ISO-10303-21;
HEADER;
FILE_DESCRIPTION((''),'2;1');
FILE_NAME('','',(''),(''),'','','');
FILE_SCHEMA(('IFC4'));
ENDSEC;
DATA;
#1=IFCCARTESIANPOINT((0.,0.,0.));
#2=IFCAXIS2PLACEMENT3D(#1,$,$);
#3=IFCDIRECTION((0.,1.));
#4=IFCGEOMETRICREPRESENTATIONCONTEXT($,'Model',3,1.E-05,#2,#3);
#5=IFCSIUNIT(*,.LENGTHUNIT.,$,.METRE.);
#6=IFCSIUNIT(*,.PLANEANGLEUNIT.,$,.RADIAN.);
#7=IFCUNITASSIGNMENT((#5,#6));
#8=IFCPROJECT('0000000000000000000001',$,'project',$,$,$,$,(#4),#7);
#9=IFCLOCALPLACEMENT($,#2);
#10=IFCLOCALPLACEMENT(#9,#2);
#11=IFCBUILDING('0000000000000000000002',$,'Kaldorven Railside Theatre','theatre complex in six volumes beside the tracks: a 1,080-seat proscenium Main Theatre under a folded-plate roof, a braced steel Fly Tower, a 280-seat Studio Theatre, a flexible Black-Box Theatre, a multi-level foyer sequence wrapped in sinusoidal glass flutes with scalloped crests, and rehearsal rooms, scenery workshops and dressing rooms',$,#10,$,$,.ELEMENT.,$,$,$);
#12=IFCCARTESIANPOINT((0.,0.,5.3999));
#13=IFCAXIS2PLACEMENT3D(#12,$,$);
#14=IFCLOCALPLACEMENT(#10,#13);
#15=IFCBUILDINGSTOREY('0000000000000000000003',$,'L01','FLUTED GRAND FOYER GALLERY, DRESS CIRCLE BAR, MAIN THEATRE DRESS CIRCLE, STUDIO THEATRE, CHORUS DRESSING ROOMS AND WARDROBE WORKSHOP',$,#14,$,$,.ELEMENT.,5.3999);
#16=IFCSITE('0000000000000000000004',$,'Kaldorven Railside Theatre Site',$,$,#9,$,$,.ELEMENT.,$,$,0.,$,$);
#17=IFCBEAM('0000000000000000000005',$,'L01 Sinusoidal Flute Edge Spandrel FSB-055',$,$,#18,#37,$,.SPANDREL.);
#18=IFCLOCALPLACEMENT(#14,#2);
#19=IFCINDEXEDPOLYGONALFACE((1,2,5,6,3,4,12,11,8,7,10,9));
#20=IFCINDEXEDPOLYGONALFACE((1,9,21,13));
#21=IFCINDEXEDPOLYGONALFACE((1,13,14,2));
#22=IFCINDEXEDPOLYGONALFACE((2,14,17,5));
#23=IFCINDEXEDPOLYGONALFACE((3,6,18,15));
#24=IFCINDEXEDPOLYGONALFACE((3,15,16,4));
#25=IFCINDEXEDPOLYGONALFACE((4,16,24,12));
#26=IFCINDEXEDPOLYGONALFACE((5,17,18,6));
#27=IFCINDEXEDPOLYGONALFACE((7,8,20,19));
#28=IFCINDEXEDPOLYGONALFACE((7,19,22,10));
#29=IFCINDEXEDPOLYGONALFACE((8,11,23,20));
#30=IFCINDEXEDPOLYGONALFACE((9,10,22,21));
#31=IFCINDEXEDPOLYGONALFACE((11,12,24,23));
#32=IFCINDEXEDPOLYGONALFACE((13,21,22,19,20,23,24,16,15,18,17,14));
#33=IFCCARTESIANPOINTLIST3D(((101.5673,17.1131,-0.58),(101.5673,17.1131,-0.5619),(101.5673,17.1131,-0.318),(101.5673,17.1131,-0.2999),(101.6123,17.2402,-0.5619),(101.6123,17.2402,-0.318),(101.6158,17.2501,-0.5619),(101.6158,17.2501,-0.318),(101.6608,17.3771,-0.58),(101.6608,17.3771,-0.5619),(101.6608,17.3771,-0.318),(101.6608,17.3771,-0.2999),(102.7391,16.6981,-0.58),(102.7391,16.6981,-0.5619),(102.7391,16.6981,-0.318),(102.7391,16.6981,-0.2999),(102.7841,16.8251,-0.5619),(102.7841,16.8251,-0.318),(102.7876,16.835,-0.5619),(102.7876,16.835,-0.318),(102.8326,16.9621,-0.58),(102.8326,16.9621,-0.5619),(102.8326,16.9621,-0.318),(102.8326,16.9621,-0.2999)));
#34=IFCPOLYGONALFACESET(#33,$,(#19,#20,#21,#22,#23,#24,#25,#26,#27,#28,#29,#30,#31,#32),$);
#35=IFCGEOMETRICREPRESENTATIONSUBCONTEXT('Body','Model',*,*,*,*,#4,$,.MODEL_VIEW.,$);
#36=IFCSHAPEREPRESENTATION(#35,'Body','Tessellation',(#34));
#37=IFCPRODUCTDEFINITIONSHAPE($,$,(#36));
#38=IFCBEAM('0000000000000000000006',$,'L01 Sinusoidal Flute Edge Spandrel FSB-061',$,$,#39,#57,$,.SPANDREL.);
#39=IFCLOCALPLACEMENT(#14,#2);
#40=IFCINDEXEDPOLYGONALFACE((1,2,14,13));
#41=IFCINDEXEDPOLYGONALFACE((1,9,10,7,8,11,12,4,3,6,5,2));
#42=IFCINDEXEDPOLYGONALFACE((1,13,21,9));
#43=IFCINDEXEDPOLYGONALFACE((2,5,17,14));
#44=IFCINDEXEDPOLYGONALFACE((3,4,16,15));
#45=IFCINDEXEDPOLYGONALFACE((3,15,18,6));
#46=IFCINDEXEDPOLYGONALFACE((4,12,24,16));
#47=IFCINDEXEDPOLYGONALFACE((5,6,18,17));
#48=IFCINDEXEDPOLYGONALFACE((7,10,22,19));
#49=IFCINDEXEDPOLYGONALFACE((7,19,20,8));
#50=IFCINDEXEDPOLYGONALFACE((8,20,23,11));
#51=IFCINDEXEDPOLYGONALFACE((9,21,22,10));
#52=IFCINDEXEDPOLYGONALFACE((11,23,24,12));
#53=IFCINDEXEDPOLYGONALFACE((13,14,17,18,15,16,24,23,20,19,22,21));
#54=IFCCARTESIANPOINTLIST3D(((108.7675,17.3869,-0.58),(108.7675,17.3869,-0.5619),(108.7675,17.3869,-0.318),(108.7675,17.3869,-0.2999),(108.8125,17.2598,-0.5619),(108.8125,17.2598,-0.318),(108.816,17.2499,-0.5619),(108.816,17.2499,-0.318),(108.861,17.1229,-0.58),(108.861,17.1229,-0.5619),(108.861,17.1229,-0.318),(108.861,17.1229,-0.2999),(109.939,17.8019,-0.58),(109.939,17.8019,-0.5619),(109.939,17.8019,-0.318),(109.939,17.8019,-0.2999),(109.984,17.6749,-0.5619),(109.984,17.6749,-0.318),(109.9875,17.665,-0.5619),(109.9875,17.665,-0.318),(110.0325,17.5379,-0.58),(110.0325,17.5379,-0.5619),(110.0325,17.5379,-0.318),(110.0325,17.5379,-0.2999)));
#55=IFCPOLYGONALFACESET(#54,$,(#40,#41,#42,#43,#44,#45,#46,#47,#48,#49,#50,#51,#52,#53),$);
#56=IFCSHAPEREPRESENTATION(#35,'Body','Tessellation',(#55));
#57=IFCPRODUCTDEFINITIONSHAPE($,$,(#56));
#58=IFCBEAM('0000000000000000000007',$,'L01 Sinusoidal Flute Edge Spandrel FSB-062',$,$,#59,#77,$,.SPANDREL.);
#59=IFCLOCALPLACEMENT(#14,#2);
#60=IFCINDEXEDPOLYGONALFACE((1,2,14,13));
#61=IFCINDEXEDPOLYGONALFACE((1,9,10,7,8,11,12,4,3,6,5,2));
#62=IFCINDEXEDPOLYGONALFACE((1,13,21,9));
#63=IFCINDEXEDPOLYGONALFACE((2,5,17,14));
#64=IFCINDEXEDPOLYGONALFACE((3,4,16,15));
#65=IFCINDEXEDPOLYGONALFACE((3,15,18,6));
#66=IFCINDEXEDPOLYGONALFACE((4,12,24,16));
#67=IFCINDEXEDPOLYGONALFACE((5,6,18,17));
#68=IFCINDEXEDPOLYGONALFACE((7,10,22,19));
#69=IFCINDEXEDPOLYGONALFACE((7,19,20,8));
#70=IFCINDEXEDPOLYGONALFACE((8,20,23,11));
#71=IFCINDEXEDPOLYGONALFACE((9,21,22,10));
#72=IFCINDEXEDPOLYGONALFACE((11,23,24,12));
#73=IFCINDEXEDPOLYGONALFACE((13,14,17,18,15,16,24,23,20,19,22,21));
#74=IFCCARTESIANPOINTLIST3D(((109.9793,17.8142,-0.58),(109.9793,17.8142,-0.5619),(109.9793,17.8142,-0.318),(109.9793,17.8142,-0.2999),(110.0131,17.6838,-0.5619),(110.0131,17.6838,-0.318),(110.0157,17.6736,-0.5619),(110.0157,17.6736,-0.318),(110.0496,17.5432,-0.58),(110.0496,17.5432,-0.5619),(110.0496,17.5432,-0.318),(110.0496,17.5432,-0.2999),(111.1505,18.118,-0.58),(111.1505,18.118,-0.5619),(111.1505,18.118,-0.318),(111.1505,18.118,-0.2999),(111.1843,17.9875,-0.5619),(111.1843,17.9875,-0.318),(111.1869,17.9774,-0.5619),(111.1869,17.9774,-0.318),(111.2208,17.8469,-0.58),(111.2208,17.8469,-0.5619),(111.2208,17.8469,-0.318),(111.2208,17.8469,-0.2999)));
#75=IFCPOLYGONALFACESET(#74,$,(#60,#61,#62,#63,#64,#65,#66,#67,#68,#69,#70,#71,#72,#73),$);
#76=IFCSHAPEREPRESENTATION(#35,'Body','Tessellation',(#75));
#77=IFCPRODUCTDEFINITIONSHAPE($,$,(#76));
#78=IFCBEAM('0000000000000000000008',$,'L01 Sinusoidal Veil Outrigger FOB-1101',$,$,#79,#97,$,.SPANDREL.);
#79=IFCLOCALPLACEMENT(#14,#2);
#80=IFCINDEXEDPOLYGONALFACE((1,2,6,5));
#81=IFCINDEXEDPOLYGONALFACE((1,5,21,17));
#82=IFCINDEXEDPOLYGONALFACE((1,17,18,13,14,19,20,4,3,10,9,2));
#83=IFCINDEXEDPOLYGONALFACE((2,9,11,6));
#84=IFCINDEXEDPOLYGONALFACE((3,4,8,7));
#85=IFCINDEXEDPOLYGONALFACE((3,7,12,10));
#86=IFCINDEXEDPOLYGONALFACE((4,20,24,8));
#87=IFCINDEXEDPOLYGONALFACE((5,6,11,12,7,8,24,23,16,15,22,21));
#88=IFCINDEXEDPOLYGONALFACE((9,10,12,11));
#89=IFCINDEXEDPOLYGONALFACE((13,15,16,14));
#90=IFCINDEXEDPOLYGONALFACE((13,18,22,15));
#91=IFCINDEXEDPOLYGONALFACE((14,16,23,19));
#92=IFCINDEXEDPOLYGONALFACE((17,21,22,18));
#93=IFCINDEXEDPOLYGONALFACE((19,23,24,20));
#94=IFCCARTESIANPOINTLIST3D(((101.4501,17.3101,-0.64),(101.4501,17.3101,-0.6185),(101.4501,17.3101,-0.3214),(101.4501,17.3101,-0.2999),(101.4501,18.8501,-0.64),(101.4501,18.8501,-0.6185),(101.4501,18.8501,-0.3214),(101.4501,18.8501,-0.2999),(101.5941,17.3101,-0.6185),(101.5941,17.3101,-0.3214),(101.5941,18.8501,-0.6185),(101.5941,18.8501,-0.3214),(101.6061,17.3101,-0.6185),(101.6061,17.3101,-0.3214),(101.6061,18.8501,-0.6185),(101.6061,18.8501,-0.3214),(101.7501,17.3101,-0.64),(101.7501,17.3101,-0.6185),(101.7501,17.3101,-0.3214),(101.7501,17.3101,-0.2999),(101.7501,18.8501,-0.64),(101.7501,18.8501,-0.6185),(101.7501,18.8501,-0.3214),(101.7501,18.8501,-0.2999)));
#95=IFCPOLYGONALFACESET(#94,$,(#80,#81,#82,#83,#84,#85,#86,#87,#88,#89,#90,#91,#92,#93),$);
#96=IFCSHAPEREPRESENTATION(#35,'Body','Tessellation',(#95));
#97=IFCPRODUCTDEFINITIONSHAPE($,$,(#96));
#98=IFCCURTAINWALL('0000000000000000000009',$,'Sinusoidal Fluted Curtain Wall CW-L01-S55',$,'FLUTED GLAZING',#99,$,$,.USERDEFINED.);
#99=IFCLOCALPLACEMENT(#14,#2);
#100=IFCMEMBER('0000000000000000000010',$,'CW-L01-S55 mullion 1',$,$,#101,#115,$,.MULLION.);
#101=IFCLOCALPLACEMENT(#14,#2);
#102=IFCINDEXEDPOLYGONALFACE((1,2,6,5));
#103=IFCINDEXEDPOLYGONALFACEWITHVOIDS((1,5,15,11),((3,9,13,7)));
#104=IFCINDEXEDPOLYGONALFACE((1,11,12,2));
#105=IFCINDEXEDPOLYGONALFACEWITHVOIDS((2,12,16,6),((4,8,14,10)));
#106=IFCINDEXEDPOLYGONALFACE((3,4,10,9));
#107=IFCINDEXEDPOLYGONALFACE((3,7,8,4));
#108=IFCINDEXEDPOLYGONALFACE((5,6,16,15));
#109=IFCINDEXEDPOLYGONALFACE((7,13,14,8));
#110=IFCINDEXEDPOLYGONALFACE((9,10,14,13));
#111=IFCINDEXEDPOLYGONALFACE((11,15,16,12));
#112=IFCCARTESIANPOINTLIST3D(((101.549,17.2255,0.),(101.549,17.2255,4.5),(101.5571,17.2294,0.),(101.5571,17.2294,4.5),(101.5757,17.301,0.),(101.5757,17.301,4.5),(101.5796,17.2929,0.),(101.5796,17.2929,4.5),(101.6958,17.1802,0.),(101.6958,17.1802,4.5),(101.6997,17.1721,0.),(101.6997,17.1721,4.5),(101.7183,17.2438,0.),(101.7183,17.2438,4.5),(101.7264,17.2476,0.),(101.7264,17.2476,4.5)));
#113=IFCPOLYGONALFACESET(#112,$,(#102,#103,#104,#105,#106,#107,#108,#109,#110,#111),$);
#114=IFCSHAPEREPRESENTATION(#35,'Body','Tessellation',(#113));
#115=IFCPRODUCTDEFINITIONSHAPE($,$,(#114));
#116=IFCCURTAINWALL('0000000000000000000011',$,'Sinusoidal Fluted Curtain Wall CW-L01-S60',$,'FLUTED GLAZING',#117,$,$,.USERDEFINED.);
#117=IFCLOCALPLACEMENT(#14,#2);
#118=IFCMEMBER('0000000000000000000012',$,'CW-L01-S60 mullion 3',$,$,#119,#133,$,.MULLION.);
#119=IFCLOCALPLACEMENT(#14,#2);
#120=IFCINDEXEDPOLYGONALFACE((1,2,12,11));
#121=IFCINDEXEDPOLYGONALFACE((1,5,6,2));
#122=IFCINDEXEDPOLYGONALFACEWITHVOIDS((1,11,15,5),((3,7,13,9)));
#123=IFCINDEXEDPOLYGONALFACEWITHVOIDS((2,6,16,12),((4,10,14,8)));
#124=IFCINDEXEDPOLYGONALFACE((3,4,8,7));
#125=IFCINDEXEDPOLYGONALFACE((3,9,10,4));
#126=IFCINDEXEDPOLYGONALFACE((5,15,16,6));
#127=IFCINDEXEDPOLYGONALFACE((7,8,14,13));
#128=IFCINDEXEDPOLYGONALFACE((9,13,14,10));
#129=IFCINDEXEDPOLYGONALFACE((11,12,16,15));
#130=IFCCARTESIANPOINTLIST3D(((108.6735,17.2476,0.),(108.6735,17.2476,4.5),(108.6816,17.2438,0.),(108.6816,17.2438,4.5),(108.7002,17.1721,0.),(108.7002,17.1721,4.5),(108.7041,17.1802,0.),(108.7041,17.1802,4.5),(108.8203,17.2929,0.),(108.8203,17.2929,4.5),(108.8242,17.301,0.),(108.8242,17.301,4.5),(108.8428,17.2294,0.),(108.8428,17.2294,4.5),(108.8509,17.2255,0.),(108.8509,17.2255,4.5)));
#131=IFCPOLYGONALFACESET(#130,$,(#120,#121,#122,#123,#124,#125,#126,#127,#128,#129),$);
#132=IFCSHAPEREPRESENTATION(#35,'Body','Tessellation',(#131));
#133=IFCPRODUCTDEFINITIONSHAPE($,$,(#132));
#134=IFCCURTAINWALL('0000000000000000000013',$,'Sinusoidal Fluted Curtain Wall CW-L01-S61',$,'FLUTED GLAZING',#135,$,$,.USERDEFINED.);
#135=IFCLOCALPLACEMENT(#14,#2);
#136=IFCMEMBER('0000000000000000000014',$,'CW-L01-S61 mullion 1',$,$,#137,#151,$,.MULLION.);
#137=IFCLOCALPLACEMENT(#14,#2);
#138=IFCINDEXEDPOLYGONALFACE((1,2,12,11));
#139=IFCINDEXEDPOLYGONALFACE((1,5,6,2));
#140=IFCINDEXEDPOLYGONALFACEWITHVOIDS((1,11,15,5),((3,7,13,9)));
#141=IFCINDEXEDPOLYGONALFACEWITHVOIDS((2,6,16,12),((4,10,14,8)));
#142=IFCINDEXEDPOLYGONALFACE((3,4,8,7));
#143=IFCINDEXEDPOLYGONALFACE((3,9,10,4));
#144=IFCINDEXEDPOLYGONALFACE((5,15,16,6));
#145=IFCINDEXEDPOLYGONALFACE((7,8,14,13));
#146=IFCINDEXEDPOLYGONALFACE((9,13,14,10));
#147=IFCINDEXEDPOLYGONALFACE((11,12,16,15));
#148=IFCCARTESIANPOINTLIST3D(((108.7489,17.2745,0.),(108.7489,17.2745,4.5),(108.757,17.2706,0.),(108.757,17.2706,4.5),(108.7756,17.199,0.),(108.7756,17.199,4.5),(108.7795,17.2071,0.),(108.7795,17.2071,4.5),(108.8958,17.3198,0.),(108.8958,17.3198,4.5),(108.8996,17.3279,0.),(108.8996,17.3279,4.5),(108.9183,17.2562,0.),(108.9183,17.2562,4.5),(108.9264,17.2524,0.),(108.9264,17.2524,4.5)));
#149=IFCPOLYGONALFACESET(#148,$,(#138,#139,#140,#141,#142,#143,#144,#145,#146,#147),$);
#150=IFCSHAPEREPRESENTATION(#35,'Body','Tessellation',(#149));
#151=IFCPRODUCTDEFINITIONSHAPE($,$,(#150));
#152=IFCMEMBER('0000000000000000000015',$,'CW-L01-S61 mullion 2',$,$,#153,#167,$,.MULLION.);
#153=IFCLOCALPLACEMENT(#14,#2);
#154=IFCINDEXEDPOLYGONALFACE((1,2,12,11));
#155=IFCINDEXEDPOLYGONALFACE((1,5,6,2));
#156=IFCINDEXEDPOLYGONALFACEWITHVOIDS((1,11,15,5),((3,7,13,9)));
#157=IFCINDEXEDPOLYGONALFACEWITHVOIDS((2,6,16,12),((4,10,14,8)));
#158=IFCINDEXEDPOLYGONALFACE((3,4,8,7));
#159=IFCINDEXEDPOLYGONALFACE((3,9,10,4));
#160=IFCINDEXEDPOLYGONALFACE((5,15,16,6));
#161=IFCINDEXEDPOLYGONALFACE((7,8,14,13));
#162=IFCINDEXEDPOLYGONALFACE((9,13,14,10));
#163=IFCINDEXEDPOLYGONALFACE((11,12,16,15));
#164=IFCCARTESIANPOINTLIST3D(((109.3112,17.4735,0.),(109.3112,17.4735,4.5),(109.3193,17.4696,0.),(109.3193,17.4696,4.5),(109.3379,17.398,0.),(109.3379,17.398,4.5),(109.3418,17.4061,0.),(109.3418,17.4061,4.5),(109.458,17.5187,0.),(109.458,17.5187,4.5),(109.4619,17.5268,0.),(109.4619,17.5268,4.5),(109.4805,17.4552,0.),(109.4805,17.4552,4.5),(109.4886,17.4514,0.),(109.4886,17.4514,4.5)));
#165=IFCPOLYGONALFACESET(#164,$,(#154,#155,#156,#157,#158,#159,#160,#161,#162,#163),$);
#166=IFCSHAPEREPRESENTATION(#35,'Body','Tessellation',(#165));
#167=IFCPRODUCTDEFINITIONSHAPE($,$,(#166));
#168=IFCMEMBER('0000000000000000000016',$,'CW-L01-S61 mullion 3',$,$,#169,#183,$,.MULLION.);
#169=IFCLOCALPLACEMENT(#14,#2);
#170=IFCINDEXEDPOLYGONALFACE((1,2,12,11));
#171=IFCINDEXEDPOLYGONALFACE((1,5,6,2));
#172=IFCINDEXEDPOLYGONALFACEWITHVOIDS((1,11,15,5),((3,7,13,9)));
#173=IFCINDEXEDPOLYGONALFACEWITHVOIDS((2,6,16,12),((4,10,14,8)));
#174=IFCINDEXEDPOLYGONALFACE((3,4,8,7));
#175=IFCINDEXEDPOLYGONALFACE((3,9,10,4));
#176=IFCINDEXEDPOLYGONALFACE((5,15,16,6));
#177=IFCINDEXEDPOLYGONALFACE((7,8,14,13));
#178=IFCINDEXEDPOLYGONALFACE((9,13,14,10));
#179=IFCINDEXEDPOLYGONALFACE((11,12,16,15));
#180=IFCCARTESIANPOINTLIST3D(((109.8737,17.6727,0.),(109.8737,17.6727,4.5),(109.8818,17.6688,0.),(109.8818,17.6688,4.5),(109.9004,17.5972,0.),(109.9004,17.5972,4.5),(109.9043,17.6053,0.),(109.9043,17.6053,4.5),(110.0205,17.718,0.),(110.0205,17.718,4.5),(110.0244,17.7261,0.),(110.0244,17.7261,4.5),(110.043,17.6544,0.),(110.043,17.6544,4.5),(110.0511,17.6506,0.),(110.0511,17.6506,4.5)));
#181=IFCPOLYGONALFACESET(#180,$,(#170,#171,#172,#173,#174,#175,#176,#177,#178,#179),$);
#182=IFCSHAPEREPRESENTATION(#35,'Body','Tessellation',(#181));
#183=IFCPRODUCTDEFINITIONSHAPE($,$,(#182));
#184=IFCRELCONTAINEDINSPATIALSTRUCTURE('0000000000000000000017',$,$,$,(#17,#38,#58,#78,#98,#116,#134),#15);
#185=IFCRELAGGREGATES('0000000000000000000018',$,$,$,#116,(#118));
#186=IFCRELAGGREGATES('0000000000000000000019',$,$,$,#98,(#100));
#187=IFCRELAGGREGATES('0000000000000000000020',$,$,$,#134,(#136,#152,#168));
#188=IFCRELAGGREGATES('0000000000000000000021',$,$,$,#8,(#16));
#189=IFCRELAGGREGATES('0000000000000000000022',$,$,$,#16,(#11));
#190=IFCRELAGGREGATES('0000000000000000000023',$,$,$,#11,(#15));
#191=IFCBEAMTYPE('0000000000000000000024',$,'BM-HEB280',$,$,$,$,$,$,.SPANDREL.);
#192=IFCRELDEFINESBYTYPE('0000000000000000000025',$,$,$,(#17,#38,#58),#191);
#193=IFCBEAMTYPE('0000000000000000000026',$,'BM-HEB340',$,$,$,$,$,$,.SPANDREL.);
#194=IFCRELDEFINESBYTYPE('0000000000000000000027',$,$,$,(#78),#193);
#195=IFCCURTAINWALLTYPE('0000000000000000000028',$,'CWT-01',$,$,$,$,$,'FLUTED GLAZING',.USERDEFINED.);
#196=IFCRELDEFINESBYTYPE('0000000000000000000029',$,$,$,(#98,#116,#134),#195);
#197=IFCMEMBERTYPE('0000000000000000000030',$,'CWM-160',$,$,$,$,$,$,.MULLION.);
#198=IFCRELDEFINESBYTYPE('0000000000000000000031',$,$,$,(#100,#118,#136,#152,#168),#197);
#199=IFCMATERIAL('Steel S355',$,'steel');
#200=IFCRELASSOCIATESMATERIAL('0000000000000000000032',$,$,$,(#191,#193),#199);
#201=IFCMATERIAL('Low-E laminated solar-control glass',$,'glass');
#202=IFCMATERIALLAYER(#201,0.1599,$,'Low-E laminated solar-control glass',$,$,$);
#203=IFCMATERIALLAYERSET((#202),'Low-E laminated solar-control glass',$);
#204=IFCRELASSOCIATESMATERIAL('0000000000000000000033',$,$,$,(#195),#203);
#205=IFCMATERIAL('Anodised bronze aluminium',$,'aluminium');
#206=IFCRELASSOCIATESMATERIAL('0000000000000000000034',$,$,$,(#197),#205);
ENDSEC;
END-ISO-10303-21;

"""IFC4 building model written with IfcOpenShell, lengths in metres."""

from ifc_helpers import new_model, si_unit, direction, frame, origin, origin_2d, place, context, subcontext, project, spatial, hollow_rectangle, i_section, extrude, material, layer, layer_set, material_profile, profile_set, type_object, element, aggregate, save


model = new_model("IFC4")

# Units and contexts
model_context = context("Model", 3, precision=1e-05, world=origin(), true_north=direction((0.0, 1.0)))
body_context = subcontext(model_context, "Body", "Model", "MODEL_VIEW")
ifc_project = project(units=[si_unit("LENGTHUNIT", "METRE"), si_unit("PLANEANGLEUNIT", "RADIAN")], contexts=[model_context])

# Site, building, storey
site_placement = place(None, origin())
site = spatial("IfcSite", under=ifc_project, at=site_placement, Name="Kaldorven Railside Theatre Site", CompositionType="ELEMENT", RefElevation=0.0)
building_placement = place(site_placement, origin())
building = spatial("IfcBuilding", under=site, at=building_placement, Name="Kaldorven Railside Theatre", Description="theatre complex in six volumes beside the tracks: a 1,080-seat proscenium Main Theatre under a folded-plate roof, a braced steel Fly Tower, a 280-seat Studio Theatre, a flexible Black-Box Theatre, a multi-level foyer sequence wrapped in sinusoidal glass flutes with scalloped crests, and rehearsal rooms, scenery workshops and dressing rooms", CompositionType="ELEMENT")
storey_placement = place(building_placement, frame((0.0, 0.0, 5.3999)))
storey = spatial("IfcBuildingStorey", under=building, at=storey_placement, Name="L01", Description="FLUTED GRAND FOYER GALLERY, DRESS CIRCLE BAR, MAIN THEATRE DRESS CIRCLE, STUDIO THEATRE, CHORUS DRESSING ROOMS AND WARDROBE WORKSHOP", CompositionType="ELEMENT", Elevation=5.3999)

# Beams
ifc_material_1 = material(Name="Steel S355", Category="steel")
ifc_material_profile_1 = material_profile(ifc_material_1, i_section(OverallWidth=0.28, OverallDepth=0.28, WebThickness=0.0105, FlangeThickness=0.0181, at=origin_2d()), Name="HEB 280")
ifc_profile_set_1 = profile_set([ifc_material_profile_1], Name="Steel S355")
beam_type_1 = type_object("IfcBeamType", Name="BM-HEB280", PredefinedType="SPANDREL", material=ifc_profile_set_1)
beam_1_placement = place(storey_placement, frame((101.614, 17.2451, -0.4399), z_axis=(0.942627, -0.333847, 0.0), x_axis=(0.333847, 0.942627, 0.0)))
element("IfcBeam", 1, at=beam_1_placement, inside=storey, type_object=beam_type_1, Name="L01 Sinusoidal Flute Edge Spandrel FSB-055", PredefinedType="SPANDREL", context=body_context, shape_type="SweptSolid", body=[
    extrude(i_section(OverallWidth=0.28, OverallDepth=0.28, WebThickness=0.0105, FlangeThickness=0.0181, at=origin_2d()), origin(), (0.0, 0.0, 1.0), 1.2432),
])
beam_2_placement = place(storey_placement, frame((108.8142, 17.2549, -0.4399), z_axis=(0.942605, 0.333909, 0.0), x_axis=(-0.333909, 0.942605, 0.0)))
element("IfcBeam", 2, at=beam_2_placement, inside=storey, type_object=beam_type_1, Name="L01 Sinusoidal Flute Edge Spandrel FSB-061", PredefinedType="SPANDREL", context=body_context, shape_type="SweptSolid", body=[
    extrude(i_section(OverallWidth=0.28, OverallDepth=0.28, WebThickness=0.0105, FlangeThickness=0.0181, at=origin_2d()), origin(), (0.0, 0.0, 1.0), 1.2429),
])
beam_3_placement = place(storey_placement, frame((110.0144, 17.6787, -0.4399), z_axis=(0.967981, 0.251025, 0.0), x_axis=(-0.251025, 0.967981, 0.0)))
element("IfcBeam", 3, at=beam_3_placement, inside=storey, type_object=beam_type_1, Name="L01 Sinusoidal Flute Edge Spandrel FSB-062", PredefinedType="SPANDREL", context=body_context, shape_type="SweptSolid", body=[
    extrude(i_section(OverallWidth=0.28, OverallDepth=0.28, WebThickness=0.0105, FlangeThickness=0.0181, at=origin_2d()), origin(), (0.0, 0.0, 1.0), 1.21),
])
ifc_material_profile_2 = material_profile(ifc_material_1, i_section(OverallWidth=0.3, OverallDepth=0.3401, WebThickness=0.012, FlangeThickness=0.0215, at=origin_2d()), Name="HEB 340")
ifc_profile_set_2 = profile_set([ifc_material_profile_2], Name="Steel S355")
beam_type_2 = type_object("IfcBeamType", Name="BM-HEB340", PredefinedType="SPANDREL", material=ifc_profile_set_2)
beam_4_placement = place(storey_placement, frame((101.6001, 17.3101, -0.47), z_axis=(0.0, 1.0, 0.0), x_axis=(-1.0, 0.0, 0.0)))
element("IfcBeam", 4, at=beam_4_placement, inside=storey, type_object=beam_type_2, Name="L01 Sinusoidal Veil Outrigger FOB-1101", PredefinedType="SPANDREL", context=body_context, shape_type="SweptSolid", body=[
    extrude(i_section(OverallWidth=0.3, OverallDepth=0.3401, WebThickness=0.012, FlangeThickness=0.0215, at=origin_2d()), origin(), (0.0, 0.0, 1.0), 1.54),
])

# Curtain walls, members
ifc_material_2 = material(Name="Low-E laminated solar-control glass", Category="glass")
ifc_layer_1 = layer(ifc_material_2, 0.1599, Name="Low-E laminated solar-control glass")
ifc_layer_set_1 = layer_set([ifc_layer_1], Name="Low-E laminated solar-control glass")
curtain_wall_type_1 = type_object("IfcCurtainWallType", Name="CWT-01", ElementType="FLUTED GLAZING", PredefinedType="USERDEFINED", material=ifc_layer_set_1)
curtain_wall_1_placement = place(storey_placement, origin())
curtain_wall_1 = element("IfcCurtainWall", 5, at=curtain_wall_1_placement, inside=storey, type_object=curtain_wall_type_1, Name="Sinusoidal Fluted Curtain Wall CW-L01-S55", ObjectType="FLUTED GLAZING", PredefinedType="USERDEFINED")
ifc_material_3 = material(Name="Anodised bronze aluminium", Category="aluminium")
ifc_material_profile_3 = material_profile(ifc_material_3, hollow_rectangle(XDim=0.0801, YDim=0.1599, WallThickness=0.0063, at=origin_2d()), Name="RHS 160x80x6.3")
ifc_profile_set_3 = profile_set([ifc_material_profile_3], Name="Anodised bronze aluminium")
member_type_1 = type_object("IfcMemberType", Name="CWM-160", PredefinedType="MULLION", material=ifc_profile_set_3)
member_1_placement = place(storey_placement, frame((101.6377, 17.2366, 0.0), z_axis=(0.0, 0.0, 1.0), x_axis=(0.333847, 0.942627, 0.0)))
member_1 = element("IfcMember", 6, at=member_1_placement, type_object=member_type_1, Name="CW-L01-S55 mullion 1", PredefinedType="MULLION", context=body_context, shape_type="SweptSolid", body=[
    extrude(hollow_rectangle(XDim=0.0801, YDim=0.1599, WallThickness=0.0063, at=origin_2d()), origin(), (0.0, 0.0, 1.0), 4.5),
])
curtain_wall_2_placement = place(storey_placement, origin())
curtain_wall_2 = element("IfcCurtainWall", 7, at=curtain_wall_2_placement, inside=storey, type_object=curtain_wall_type_1, Name="Sinusoidal Fluted Curtain Wall CW-L01-S60", ObjectType="FLUTED GLAZING", PredefinedType="USERDEFINED")
member_2_placement = place(storey_placement, frame((108.7622, 17.2366, 0.0), z_axis=(0.0, 0.0, 1.0), x_axis=(-0.333847, 0.942627, 0.0)))
member_2 = element("IfcMember", 8, at=member_2_placement, type_object=member_type_1, Name="CW-L01-S60 mullion 3", PredefinedType="MULLION", context=body_context, shape_type="SweptSolid", body=[
    extrude(hollow_rectangle(XDim=0.0801, YDim=0.1599, WallThickness=0.0063, at=origin_2d()), origin(), (0.0, 0.0, 1.0), 4.5),
])
aggregate(curtain_wall_2, [member_2])

# Curtain wall, members
curtain_wall_3_placement = place(storey_placement, origin())
curtain_wall_3 = element("IfcCurtainWall", 9, at=curtain_wall_3_placement, inside=storey, type_object=curtain_wall_type_1, Name="Sinusoidal Fluted Curtain Wall CW-L01-S61", ObjectType="FLUTED GLAZING", PredefinedType="USERDEFINED")
member_3_placement = place(storey_placement, frame((108.8376, 17.2634, 0.0), z_axis=(0.0, 0.0, 1.0), x_axis=(-0.333847, 0.942627, 0.0)))
member_3 = element("IfcMember", 10, at=member_3_placement, type_object=member_type_1, Name="CW-L01-S61 mullion 1", PredefinedType="MULLION", context=body_context, shape_type="SweptSolid", body=[
    extrude(hollow_rectangle(XDim=0.0801, YDim=0.1599, WallThickness=0.0063, at=origin_2d()), origin(), (0.0, 0.0, 1.0), 4.5),
])
member_4_placement = place(storey_placement, frame((109.3999, 17.4624, 0.0), z_axis=(0.0, 0.0, 1.0), x_axis=(-0.333847, 0.942627, 0.0)))
member_4 = element("IfcMember", 11, at=member_4_placement, type_object=member_type_1, Name="CW-L01-S61 mullion 2", PredefinedType="MULLION", context=body_context, shape_type="SweptSolid", body=[
    extrude(hollow_rectangle(XDim=0.0801, YDim=0.1599, WallThickness=0.0063, at=origin_2d()), origin(), (0.0, 0.0, 1.0), 4.5),
])
member_5_placement = place(storey_placement, frame((109.9624, 17.6616, 0.0), z_axis=(0.0, 0.0, 1.0), x_axis=(-0.333847, 0.942627, 0.0)))
member_5 = element("IfcMember", 12, at=member_5_placement, type_object=member_type_1, Name="CW-L01-S61 mullion 3", PredefinedType="MULLION", context=body_context, shape_type="SweptSolid", body=[
    extrude(hollow_rectangle(XDim=0.0801, YDim=0.1599, WallThickness=0.0063, at=origin_2d()), origin(), (0.0, 0.0, 1.0), 4.5),
])

aggregate(curtain_wall_1, [member_1])

aggregate(curtain_wall_3, [member_3, member_4, member_5])

save(model, "model.ifc")
